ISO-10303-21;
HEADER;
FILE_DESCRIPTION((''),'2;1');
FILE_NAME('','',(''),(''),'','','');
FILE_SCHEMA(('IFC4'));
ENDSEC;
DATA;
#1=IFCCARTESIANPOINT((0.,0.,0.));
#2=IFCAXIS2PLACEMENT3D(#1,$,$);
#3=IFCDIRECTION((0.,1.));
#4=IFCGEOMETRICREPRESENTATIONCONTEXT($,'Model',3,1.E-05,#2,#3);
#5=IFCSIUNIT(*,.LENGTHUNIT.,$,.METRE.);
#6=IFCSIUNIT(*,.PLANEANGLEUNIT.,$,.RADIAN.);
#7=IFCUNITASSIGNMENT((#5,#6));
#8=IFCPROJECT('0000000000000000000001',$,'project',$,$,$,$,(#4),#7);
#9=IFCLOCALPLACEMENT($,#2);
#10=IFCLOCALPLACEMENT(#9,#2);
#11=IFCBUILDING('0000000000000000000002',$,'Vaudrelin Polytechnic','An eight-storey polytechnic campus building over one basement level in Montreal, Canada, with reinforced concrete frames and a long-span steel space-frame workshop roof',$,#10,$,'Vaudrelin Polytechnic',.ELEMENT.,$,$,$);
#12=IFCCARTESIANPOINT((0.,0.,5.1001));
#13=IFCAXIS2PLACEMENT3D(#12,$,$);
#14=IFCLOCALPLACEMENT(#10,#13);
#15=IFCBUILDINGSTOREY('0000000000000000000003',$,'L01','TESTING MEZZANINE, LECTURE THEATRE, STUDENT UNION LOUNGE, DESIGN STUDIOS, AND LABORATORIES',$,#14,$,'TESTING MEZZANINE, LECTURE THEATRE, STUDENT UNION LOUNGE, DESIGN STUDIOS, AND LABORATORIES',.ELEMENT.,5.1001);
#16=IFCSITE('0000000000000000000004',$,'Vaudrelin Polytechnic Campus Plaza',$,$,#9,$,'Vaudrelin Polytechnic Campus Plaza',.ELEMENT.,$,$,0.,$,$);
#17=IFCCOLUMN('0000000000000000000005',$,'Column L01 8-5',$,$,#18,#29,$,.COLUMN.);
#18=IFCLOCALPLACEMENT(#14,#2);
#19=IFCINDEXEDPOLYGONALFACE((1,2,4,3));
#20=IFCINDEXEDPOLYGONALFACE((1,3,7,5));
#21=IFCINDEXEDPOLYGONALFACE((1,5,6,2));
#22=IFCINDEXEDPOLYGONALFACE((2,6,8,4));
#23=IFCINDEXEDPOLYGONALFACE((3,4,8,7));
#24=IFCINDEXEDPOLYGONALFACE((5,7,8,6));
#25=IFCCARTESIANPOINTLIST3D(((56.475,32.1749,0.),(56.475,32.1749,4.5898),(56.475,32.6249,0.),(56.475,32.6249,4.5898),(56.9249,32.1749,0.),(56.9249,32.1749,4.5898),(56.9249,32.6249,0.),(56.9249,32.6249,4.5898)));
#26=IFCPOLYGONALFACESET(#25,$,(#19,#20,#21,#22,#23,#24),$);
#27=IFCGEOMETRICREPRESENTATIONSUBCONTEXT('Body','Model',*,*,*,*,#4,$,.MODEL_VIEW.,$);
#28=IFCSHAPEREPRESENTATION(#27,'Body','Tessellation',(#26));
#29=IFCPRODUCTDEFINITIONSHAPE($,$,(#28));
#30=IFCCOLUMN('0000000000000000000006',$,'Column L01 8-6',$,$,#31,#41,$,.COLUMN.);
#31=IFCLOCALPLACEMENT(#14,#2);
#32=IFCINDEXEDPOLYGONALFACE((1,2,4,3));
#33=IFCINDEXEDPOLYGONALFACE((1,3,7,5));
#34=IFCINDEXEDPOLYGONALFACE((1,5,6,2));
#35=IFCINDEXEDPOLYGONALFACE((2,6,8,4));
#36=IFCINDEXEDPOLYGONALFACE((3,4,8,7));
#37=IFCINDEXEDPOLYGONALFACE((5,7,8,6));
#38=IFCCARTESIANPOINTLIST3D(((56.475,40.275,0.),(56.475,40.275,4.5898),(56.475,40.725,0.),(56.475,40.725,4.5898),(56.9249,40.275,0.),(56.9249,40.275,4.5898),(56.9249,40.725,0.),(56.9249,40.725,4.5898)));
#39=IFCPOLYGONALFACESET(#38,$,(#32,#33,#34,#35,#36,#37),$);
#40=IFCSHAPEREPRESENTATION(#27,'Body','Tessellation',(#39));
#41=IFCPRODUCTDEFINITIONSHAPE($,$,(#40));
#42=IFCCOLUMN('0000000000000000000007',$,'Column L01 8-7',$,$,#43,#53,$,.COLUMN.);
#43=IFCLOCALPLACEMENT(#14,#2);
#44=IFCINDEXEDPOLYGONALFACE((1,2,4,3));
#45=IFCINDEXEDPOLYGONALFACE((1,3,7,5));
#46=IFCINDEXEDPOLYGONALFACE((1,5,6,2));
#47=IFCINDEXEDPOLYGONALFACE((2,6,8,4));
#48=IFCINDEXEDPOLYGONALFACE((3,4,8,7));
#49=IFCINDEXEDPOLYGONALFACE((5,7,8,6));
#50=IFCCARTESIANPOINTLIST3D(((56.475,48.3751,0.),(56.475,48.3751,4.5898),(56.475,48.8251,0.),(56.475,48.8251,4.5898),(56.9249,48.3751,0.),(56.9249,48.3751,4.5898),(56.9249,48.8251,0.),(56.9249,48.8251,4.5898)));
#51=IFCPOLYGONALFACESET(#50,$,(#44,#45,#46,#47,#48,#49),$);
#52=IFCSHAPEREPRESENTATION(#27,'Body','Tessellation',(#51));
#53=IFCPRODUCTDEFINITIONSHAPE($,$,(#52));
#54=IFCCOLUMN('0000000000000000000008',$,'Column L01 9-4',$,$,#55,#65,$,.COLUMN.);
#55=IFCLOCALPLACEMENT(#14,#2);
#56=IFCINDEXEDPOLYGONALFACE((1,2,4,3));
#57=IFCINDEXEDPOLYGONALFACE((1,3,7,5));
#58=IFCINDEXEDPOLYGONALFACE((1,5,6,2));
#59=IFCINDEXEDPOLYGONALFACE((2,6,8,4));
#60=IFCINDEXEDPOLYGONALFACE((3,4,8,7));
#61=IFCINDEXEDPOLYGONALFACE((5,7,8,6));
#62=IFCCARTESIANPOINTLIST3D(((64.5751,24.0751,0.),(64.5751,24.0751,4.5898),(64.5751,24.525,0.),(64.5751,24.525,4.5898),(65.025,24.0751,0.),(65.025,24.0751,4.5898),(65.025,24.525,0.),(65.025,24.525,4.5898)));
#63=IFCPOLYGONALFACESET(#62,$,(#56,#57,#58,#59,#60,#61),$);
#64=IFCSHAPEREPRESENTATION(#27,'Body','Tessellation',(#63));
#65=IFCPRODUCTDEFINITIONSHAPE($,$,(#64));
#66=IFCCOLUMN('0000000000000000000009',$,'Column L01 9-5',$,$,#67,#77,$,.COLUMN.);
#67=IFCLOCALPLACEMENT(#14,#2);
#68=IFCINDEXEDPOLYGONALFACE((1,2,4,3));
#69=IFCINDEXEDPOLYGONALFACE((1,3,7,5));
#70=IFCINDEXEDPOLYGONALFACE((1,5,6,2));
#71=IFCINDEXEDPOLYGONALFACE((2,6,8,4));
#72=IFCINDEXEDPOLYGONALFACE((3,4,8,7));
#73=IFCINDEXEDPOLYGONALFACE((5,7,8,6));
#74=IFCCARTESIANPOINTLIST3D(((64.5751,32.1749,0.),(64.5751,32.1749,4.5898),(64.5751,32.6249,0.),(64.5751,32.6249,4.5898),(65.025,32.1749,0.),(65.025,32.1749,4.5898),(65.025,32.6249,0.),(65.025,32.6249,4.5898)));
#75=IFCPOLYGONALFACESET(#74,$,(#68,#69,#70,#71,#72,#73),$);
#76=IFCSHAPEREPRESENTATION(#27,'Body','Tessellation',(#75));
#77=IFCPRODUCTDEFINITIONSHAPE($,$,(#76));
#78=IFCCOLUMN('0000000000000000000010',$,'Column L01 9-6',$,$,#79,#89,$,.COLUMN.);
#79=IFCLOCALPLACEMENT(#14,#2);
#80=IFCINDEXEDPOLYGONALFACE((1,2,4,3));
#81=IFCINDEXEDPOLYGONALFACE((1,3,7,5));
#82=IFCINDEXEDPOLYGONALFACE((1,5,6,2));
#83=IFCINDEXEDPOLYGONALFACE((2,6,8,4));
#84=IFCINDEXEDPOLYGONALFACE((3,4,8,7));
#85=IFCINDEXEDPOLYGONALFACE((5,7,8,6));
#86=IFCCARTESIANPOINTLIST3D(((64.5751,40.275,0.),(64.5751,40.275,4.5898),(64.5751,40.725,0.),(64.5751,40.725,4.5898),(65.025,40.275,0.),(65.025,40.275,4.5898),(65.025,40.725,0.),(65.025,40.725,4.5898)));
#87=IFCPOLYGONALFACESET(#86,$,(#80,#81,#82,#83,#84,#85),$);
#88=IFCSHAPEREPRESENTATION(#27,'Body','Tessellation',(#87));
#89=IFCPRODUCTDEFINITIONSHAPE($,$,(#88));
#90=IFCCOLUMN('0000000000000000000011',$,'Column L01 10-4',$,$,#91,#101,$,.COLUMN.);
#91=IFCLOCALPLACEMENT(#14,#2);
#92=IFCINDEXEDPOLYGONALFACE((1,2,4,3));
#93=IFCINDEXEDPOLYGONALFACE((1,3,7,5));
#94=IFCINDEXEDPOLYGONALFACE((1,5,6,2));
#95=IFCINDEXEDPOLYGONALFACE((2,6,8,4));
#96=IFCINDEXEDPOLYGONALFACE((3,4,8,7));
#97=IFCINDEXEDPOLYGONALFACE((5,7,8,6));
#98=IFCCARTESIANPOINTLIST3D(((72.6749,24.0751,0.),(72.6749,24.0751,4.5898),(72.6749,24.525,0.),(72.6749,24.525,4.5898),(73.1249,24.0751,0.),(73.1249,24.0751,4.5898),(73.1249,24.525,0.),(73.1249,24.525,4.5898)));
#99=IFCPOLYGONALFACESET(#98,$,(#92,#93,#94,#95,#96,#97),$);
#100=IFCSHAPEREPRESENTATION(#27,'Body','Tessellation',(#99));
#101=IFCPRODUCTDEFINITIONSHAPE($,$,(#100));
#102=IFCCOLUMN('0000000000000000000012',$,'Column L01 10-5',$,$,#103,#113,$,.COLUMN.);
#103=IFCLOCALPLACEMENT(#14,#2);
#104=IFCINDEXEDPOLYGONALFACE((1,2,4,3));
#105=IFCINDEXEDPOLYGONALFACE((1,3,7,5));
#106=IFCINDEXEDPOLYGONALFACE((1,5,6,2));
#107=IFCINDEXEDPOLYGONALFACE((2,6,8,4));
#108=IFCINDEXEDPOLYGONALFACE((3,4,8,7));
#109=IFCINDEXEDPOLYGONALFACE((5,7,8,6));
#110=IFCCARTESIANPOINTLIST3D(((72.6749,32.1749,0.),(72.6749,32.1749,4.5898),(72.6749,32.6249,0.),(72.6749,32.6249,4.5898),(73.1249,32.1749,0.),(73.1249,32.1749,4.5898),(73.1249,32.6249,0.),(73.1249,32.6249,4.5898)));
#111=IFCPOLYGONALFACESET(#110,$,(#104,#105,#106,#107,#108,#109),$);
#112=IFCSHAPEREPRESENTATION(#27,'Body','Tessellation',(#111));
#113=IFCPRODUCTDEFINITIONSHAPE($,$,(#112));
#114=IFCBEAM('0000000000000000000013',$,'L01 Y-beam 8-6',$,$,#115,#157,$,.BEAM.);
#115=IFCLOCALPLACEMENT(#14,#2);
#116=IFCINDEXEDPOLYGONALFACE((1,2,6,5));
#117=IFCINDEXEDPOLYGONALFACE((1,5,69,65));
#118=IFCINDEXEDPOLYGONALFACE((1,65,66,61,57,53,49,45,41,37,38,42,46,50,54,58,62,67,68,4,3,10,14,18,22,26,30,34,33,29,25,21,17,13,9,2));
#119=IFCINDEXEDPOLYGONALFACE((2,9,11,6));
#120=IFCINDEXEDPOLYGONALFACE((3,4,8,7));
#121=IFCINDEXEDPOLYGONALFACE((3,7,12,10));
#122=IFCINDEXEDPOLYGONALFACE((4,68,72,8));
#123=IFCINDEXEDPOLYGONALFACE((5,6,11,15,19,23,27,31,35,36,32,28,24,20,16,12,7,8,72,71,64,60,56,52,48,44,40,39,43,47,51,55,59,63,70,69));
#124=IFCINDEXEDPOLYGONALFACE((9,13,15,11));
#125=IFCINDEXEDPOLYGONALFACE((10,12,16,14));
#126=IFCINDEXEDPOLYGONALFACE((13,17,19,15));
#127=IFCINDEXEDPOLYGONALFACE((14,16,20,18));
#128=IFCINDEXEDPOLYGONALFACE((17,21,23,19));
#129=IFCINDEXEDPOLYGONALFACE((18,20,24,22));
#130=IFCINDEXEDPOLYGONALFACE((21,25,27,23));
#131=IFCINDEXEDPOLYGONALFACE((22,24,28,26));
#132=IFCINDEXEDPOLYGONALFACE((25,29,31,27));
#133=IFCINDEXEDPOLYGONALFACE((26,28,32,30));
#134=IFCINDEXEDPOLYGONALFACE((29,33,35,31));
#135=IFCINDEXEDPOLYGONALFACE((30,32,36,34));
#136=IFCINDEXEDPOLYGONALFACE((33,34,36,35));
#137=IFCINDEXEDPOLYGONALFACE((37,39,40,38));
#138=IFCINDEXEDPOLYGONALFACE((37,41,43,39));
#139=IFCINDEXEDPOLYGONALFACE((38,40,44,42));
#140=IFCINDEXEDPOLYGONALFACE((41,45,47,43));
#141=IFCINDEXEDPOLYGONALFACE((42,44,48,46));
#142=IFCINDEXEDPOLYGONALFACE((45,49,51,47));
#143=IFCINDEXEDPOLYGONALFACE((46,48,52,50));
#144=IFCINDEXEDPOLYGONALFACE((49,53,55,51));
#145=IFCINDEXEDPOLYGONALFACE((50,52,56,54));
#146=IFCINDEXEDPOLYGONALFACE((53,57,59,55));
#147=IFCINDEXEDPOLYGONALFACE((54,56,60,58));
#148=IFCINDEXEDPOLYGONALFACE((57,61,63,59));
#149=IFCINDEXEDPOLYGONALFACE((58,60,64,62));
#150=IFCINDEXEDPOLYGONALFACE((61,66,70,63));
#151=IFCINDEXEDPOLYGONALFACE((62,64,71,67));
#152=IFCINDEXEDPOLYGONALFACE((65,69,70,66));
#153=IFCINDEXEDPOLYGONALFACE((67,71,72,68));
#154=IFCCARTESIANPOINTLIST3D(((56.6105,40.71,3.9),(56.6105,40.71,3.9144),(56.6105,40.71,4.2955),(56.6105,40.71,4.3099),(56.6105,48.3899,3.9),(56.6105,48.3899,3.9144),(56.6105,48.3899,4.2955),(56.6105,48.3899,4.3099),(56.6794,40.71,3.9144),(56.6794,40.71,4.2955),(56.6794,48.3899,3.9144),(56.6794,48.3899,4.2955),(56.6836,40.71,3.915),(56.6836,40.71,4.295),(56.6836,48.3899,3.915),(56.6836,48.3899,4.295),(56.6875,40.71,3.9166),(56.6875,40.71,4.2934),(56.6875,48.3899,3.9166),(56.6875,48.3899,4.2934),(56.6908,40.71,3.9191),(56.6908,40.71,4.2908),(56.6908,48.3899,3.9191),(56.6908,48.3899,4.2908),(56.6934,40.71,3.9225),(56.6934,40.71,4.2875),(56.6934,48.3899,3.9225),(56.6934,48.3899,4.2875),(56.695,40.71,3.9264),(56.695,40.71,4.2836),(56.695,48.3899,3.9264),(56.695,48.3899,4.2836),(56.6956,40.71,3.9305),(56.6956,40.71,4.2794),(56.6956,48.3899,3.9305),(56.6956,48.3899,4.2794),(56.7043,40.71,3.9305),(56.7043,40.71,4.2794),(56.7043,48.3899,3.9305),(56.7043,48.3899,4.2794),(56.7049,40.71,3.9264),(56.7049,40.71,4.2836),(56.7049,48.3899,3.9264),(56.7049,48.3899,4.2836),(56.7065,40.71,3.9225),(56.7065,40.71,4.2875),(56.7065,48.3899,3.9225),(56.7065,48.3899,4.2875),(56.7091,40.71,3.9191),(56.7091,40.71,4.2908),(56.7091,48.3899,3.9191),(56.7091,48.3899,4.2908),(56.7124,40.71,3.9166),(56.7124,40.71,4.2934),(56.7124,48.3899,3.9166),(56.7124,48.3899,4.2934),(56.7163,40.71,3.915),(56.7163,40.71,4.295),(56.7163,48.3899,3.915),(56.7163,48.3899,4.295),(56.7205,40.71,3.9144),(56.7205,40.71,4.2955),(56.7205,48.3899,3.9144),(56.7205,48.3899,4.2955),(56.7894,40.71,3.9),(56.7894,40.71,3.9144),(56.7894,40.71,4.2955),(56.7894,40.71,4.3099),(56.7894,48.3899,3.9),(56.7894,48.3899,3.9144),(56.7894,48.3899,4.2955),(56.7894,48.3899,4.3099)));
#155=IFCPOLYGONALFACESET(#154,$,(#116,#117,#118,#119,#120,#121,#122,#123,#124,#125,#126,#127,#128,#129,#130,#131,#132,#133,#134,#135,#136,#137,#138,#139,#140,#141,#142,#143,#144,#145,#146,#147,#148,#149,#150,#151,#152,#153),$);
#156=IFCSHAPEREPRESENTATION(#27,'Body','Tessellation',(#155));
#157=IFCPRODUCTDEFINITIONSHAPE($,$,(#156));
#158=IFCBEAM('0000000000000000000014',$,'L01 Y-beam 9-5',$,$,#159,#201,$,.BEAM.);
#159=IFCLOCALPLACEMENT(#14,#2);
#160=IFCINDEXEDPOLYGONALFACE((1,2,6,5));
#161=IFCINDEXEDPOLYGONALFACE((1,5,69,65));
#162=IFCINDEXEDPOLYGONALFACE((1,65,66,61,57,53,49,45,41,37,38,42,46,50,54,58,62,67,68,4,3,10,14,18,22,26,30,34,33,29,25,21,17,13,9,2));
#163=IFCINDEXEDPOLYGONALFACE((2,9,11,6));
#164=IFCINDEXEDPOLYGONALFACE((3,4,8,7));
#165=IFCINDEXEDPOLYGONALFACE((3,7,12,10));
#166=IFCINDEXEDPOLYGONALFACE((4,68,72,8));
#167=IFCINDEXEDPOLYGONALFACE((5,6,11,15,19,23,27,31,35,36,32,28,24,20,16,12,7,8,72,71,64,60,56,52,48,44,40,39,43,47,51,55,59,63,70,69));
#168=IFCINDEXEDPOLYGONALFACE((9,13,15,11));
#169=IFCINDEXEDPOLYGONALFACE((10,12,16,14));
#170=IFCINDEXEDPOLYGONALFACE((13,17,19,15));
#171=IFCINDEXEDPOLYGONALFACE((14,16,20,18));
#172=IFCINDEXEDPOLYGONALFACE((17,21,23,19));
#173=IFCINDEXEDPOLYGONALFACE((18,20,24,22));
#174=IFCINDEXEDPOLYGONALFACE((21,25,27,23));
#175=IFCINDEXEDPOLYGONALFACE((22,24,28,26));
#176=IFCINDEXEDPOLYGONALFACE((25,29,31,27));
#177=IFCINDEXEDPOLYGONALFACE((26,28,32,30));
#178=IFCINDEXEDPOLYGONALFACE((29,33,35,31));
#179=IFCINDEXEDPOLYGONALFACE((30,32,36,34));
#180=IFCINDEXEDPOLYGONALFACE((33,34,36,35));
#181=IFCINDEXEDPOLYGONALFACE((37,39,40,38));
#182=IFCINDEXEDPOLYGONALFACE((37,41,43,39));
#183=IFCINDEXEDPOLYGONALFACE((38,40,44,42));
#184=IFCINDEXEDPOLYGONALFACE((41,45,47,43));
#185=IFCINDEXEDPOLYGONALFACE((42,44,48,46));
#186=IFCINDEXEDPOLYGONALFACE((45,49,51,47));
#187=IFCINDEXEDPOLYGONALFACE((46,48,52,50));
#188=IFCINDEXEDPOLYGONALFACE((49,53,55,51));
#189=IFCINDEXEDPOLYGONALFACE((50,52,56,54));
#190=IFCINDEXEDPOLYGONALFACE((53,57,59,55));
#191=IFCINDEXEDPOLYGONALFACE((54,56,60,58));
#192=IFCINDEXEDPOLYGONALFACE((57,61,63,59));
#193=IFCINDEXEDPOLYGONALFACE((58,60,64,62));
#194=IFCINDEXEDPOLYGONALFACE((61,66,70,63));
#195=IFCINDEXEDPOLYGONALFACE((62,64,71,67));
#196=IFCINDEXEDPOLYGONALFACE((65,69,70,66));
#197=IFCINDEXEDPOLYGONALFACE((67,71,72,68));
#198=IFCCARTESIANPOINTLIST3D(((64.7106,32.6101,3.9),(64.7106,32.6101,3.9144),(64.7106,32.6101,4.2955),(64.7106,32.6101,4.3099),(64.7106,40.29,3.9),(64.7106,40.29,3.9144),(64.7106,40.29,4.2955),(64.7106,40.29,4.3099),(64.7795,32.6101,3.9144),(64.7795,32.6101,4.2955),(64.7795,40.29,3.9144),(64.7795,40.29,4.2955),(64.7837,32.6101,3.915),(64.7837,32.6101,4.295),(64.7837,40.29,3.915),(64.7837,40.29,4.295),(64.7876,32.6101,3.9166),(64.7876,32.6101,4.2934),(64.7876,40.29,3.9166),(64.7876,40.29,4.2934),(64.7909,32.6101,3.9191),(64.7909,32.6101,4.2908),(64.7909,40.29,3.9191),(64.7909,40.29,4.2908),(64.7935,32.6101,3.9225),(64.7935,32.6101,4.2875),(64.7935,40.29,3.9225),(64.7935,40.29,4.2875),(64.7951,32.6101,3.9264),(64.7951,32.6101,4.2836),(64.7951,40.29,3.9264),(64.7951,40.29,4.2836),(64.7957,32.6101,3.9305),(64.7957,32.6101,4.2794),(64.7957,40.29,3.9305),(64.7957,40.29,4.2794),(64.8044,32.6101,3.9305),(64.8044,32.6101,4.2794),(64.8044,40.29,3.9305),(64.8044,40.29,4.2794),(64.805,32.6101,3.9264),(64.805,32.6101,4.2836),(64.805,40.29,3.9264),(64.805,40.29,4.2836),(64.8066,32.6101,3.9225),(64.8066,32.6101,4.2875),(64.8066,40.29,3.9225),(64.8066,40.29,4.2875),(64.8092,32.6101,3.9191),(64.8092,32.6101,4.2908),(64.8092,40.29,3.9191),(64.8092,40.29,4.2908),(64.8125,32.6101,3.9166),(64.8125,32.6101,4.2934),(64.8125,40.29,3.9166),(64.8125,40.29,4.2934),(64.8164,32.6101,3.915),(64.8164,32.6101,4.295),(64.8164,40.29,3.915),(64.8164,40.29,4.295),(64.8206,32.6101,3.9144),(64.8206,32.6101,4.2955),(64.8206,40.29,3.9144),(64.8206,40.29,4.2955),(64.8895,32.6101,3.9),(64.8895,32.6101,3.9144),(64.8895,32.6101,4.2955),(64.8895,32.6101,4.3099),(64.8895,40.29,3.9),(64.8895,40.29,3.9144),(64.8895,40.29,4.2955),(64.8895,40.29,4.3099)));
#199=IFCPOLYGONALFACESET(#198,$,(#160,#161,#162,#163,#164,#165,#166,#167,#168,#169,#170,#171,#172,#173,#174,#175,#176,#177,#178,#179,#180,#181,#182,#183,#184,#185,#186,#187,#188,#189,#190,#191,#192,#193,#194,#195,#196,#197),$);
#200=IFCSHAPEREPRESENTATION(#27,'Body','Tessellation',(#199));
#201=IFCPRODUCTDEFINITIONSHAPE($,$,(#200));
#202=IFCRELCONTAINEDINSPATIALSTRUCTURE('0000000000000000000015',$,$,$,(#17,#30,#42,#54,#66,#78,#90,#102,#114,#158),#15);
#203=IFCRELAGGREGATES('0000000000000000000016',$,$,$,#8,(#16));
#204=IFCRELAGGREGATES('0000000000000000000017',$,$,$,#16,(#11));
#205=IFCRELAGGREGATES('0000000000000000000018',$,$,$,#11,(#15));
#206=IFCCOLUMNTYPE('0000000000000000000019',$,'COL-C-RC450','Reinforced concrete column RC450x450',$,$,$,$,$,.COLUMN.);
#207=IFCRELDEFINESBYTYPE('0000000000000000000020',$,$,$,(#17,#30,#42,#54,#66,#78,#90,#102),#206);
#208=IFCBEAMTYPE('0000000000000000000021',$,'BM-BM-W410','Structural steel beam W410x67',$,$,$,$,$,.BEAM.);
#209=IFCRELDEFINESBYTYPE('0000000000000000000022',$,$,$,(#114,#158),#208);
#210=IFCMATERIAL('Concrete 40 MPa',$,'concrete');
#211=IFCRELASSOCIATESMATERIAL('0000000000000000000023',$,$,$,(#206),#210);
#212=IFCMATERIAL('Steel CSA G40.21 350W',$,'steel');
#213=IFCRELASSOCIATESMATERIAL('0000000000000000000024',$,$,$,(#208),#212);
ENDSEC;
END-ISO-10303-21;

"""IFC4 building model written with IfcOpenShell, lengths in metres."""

from ifc_helpers import new_model, si_unit, direction, frame, origin, origin_2d, place, context, subcontext, project, spatial, rectangle, i_section, extrude, material, material_profile, profile_set, type_object, element, save


model = new_model("IFC4")

# Units and contexts
model_context = context("Model", 3, precision=1e-05, world=origin(), true_north=direction((0.0, 1.0)))
body_context = subcontext(model_context, "Body", "Model", "MODEL_VIEW")
ifc_project = project(units=[si_unit("LENGTHUNIT", "METRE"), si_unit("PLANEANGLEUNIT", "RADIAN")], contexts=[model_context])

# Site, building, storey
site_placement = place(None, origin())
site = spatial("IfcSite", under=ifc_project, at=site_placement, Name="Vaudrelin Polytechnic Campus Plaza", LongName="Vaudrelin Polytechnic Campus Plaza", CompositionType="ELEMENT", RefElevation=0.0)
building_placement = place(site_placement, origin())
building = spatial("IfcBuilding", under=site, at=building_placement, Name="Vaudrelin Polytechnic", Description="An eight-storey polytechnic campus building over one basement level in Montreal, Canada, with reinforced concrete frames and a long-span steel space-frame workshop roof", LongName="Vaudrelin Polytechnic", CompositionType="ELEMENT")
storey_placement = place(building_placement, frame((0.0, 0.0, 5.1001)))
storey = spatial("IfcBuildingStorey", under=building, at=storey_placement, Name="L01", Description="TESTING MEZZANINE, LECTURE THEATRE, STUDENT UNION LOUNGE, DESIGN STUDIOS, AND LABORATORIES", LongName="TESTING MEZZANINE, LECTURE THEATRE, STUDENT UNION LOUNGE, DESIGN STUDIOS, AND LABORATORIES", CompositionType="ELEMENT", Elevation=5.1001)

# Columns
ifc_material_1 = material(Name="Concrete 40 MPa", Category="concrete")
ifc_material_profile_1 = material_profile(ifc_material_1, rectangle(XDim=0.45, YDim=0.45, at=origin_2d()), Name="RC450x450")
ifc_profile_set_1 = profile_set([ifc_material_profile_1], Name="Concrete 40 MPa")
column_type = type_object("IfcColumnType", Name="COL-C-RC450", Description="Reinforced concrete column RC450x450", PredefinedType="COLUMN", material=ifc_profile_set_1)
for number, where, z_axis, x_axis, name in (
    (1, (56.7, 32.3999, 0.0), (0.0, 0.0, 1.0), (1.0, 0.0, 0.0), "Column L01 8-5"),
    (2, (56.7, 40.5, 0.0), (0.0, 0.0, 1.0), (1.0, 0.0, 0.0), "Column L01 8-6"),
    (3, (56.7, 48.6001, 0.0), (0.0, 0.0, 1.0), (1.0, 0.0, 0.0), "Column L01 8-7"),
    (4, (64.8, 24.3, 0.0), (0.0, 0.0, 1.0), (1.0, 0.0, 0.0), "Column L01 9-4"),
    (5, (64.8, 32.3999, 0.0), (0.0, 0.0, 1.0), (1.0, 0.0, 0.0), "Column L01 9-5"),
    (6, (64.8, 40.5, 0.0), (0.0, 0.0, 1.0), (1.0, 0.0, 0.0), "Column L01 9-6"),
    (7, (72.8999, 24.3, 0.0), (0.0, 0.0, 1.0), (1.0, 0.0, 0.0), "Column L01 10-4"),
    (8, (72.8999, 32.3999, 0.0), (0.0, 0.0, 1.0), (1.0, 0.0, 0.0), "Column L01 10-5"),
):
    element("IfcColumn", number, at=place(storey_placement, frame(where, z_axis=z_axis, x_axis=x_axis)), inside=storey, type_object=column_type, Name=name, PredefinedType="COLUMN", context=body_context, shape_type="SweptSolid", body=[
        extrude(rectangle(XDim=0.45, YDim=0.45, at=origin_2d()), origin(), (0.0, 0.0, 1.0), 4.5898),
    ])

# Beams
ifc_material_2 = material(Name="Steel CSA G40.21 350W", Category="steel")
ifc_material_profile_2 = material_profile(ifc_material_2, i_section(OverallWidth=0.179, OverallDepth=0.4099, WebThickness=0.0088, FlangeThickness=0.0144, FilletRadius=0.0161, at=origin_2d()), Name="W410x67")
ifc_profile_set_2 = profile_set([ifc_material_profile_2], Name="Steel CSA G40.21 350W")
beam_type_1 = type_object("IfcBeamType", Name="BM-BM-W410", Description="Structural steel beam W410x67", PredefinedType="BEAM", material=ifc_profile_set_2)
for number, where, z_axis, x_axis, name in (
    (9, (56.7, 40.71, 4.105), (0.0, 1.0, 0.0), (-1.0, 0.0, 0.0), "L01 Y-beam 8-6"),
    (10, (64.8, 32.6101, 4.105), (0.0, 1.0, 0.0), (-1.0, 0.0, 0.0), "L01 Y-beam 9-5"),
):
    element("IfcBeam", number, at=place(storey_placement, frame(where, z_axis=z_axis, x_axis=x_axis)), inside=storey, type_object=beam_type_1, Name=name, PredefinedType="BEAM", context=body_context, shape_type="SweptSolid", body=[
        extrude(i_section(OverallWidth=0.179, OverallDepth=0.4099, WebThickness=0.0088, FlangeThickness=0.0144, FilletRadius=0.0161, at=origin_2d()), origin(), (0.0, 0.0, 1.0), 7.6799),
    ])

save(model, "model.ifc")
